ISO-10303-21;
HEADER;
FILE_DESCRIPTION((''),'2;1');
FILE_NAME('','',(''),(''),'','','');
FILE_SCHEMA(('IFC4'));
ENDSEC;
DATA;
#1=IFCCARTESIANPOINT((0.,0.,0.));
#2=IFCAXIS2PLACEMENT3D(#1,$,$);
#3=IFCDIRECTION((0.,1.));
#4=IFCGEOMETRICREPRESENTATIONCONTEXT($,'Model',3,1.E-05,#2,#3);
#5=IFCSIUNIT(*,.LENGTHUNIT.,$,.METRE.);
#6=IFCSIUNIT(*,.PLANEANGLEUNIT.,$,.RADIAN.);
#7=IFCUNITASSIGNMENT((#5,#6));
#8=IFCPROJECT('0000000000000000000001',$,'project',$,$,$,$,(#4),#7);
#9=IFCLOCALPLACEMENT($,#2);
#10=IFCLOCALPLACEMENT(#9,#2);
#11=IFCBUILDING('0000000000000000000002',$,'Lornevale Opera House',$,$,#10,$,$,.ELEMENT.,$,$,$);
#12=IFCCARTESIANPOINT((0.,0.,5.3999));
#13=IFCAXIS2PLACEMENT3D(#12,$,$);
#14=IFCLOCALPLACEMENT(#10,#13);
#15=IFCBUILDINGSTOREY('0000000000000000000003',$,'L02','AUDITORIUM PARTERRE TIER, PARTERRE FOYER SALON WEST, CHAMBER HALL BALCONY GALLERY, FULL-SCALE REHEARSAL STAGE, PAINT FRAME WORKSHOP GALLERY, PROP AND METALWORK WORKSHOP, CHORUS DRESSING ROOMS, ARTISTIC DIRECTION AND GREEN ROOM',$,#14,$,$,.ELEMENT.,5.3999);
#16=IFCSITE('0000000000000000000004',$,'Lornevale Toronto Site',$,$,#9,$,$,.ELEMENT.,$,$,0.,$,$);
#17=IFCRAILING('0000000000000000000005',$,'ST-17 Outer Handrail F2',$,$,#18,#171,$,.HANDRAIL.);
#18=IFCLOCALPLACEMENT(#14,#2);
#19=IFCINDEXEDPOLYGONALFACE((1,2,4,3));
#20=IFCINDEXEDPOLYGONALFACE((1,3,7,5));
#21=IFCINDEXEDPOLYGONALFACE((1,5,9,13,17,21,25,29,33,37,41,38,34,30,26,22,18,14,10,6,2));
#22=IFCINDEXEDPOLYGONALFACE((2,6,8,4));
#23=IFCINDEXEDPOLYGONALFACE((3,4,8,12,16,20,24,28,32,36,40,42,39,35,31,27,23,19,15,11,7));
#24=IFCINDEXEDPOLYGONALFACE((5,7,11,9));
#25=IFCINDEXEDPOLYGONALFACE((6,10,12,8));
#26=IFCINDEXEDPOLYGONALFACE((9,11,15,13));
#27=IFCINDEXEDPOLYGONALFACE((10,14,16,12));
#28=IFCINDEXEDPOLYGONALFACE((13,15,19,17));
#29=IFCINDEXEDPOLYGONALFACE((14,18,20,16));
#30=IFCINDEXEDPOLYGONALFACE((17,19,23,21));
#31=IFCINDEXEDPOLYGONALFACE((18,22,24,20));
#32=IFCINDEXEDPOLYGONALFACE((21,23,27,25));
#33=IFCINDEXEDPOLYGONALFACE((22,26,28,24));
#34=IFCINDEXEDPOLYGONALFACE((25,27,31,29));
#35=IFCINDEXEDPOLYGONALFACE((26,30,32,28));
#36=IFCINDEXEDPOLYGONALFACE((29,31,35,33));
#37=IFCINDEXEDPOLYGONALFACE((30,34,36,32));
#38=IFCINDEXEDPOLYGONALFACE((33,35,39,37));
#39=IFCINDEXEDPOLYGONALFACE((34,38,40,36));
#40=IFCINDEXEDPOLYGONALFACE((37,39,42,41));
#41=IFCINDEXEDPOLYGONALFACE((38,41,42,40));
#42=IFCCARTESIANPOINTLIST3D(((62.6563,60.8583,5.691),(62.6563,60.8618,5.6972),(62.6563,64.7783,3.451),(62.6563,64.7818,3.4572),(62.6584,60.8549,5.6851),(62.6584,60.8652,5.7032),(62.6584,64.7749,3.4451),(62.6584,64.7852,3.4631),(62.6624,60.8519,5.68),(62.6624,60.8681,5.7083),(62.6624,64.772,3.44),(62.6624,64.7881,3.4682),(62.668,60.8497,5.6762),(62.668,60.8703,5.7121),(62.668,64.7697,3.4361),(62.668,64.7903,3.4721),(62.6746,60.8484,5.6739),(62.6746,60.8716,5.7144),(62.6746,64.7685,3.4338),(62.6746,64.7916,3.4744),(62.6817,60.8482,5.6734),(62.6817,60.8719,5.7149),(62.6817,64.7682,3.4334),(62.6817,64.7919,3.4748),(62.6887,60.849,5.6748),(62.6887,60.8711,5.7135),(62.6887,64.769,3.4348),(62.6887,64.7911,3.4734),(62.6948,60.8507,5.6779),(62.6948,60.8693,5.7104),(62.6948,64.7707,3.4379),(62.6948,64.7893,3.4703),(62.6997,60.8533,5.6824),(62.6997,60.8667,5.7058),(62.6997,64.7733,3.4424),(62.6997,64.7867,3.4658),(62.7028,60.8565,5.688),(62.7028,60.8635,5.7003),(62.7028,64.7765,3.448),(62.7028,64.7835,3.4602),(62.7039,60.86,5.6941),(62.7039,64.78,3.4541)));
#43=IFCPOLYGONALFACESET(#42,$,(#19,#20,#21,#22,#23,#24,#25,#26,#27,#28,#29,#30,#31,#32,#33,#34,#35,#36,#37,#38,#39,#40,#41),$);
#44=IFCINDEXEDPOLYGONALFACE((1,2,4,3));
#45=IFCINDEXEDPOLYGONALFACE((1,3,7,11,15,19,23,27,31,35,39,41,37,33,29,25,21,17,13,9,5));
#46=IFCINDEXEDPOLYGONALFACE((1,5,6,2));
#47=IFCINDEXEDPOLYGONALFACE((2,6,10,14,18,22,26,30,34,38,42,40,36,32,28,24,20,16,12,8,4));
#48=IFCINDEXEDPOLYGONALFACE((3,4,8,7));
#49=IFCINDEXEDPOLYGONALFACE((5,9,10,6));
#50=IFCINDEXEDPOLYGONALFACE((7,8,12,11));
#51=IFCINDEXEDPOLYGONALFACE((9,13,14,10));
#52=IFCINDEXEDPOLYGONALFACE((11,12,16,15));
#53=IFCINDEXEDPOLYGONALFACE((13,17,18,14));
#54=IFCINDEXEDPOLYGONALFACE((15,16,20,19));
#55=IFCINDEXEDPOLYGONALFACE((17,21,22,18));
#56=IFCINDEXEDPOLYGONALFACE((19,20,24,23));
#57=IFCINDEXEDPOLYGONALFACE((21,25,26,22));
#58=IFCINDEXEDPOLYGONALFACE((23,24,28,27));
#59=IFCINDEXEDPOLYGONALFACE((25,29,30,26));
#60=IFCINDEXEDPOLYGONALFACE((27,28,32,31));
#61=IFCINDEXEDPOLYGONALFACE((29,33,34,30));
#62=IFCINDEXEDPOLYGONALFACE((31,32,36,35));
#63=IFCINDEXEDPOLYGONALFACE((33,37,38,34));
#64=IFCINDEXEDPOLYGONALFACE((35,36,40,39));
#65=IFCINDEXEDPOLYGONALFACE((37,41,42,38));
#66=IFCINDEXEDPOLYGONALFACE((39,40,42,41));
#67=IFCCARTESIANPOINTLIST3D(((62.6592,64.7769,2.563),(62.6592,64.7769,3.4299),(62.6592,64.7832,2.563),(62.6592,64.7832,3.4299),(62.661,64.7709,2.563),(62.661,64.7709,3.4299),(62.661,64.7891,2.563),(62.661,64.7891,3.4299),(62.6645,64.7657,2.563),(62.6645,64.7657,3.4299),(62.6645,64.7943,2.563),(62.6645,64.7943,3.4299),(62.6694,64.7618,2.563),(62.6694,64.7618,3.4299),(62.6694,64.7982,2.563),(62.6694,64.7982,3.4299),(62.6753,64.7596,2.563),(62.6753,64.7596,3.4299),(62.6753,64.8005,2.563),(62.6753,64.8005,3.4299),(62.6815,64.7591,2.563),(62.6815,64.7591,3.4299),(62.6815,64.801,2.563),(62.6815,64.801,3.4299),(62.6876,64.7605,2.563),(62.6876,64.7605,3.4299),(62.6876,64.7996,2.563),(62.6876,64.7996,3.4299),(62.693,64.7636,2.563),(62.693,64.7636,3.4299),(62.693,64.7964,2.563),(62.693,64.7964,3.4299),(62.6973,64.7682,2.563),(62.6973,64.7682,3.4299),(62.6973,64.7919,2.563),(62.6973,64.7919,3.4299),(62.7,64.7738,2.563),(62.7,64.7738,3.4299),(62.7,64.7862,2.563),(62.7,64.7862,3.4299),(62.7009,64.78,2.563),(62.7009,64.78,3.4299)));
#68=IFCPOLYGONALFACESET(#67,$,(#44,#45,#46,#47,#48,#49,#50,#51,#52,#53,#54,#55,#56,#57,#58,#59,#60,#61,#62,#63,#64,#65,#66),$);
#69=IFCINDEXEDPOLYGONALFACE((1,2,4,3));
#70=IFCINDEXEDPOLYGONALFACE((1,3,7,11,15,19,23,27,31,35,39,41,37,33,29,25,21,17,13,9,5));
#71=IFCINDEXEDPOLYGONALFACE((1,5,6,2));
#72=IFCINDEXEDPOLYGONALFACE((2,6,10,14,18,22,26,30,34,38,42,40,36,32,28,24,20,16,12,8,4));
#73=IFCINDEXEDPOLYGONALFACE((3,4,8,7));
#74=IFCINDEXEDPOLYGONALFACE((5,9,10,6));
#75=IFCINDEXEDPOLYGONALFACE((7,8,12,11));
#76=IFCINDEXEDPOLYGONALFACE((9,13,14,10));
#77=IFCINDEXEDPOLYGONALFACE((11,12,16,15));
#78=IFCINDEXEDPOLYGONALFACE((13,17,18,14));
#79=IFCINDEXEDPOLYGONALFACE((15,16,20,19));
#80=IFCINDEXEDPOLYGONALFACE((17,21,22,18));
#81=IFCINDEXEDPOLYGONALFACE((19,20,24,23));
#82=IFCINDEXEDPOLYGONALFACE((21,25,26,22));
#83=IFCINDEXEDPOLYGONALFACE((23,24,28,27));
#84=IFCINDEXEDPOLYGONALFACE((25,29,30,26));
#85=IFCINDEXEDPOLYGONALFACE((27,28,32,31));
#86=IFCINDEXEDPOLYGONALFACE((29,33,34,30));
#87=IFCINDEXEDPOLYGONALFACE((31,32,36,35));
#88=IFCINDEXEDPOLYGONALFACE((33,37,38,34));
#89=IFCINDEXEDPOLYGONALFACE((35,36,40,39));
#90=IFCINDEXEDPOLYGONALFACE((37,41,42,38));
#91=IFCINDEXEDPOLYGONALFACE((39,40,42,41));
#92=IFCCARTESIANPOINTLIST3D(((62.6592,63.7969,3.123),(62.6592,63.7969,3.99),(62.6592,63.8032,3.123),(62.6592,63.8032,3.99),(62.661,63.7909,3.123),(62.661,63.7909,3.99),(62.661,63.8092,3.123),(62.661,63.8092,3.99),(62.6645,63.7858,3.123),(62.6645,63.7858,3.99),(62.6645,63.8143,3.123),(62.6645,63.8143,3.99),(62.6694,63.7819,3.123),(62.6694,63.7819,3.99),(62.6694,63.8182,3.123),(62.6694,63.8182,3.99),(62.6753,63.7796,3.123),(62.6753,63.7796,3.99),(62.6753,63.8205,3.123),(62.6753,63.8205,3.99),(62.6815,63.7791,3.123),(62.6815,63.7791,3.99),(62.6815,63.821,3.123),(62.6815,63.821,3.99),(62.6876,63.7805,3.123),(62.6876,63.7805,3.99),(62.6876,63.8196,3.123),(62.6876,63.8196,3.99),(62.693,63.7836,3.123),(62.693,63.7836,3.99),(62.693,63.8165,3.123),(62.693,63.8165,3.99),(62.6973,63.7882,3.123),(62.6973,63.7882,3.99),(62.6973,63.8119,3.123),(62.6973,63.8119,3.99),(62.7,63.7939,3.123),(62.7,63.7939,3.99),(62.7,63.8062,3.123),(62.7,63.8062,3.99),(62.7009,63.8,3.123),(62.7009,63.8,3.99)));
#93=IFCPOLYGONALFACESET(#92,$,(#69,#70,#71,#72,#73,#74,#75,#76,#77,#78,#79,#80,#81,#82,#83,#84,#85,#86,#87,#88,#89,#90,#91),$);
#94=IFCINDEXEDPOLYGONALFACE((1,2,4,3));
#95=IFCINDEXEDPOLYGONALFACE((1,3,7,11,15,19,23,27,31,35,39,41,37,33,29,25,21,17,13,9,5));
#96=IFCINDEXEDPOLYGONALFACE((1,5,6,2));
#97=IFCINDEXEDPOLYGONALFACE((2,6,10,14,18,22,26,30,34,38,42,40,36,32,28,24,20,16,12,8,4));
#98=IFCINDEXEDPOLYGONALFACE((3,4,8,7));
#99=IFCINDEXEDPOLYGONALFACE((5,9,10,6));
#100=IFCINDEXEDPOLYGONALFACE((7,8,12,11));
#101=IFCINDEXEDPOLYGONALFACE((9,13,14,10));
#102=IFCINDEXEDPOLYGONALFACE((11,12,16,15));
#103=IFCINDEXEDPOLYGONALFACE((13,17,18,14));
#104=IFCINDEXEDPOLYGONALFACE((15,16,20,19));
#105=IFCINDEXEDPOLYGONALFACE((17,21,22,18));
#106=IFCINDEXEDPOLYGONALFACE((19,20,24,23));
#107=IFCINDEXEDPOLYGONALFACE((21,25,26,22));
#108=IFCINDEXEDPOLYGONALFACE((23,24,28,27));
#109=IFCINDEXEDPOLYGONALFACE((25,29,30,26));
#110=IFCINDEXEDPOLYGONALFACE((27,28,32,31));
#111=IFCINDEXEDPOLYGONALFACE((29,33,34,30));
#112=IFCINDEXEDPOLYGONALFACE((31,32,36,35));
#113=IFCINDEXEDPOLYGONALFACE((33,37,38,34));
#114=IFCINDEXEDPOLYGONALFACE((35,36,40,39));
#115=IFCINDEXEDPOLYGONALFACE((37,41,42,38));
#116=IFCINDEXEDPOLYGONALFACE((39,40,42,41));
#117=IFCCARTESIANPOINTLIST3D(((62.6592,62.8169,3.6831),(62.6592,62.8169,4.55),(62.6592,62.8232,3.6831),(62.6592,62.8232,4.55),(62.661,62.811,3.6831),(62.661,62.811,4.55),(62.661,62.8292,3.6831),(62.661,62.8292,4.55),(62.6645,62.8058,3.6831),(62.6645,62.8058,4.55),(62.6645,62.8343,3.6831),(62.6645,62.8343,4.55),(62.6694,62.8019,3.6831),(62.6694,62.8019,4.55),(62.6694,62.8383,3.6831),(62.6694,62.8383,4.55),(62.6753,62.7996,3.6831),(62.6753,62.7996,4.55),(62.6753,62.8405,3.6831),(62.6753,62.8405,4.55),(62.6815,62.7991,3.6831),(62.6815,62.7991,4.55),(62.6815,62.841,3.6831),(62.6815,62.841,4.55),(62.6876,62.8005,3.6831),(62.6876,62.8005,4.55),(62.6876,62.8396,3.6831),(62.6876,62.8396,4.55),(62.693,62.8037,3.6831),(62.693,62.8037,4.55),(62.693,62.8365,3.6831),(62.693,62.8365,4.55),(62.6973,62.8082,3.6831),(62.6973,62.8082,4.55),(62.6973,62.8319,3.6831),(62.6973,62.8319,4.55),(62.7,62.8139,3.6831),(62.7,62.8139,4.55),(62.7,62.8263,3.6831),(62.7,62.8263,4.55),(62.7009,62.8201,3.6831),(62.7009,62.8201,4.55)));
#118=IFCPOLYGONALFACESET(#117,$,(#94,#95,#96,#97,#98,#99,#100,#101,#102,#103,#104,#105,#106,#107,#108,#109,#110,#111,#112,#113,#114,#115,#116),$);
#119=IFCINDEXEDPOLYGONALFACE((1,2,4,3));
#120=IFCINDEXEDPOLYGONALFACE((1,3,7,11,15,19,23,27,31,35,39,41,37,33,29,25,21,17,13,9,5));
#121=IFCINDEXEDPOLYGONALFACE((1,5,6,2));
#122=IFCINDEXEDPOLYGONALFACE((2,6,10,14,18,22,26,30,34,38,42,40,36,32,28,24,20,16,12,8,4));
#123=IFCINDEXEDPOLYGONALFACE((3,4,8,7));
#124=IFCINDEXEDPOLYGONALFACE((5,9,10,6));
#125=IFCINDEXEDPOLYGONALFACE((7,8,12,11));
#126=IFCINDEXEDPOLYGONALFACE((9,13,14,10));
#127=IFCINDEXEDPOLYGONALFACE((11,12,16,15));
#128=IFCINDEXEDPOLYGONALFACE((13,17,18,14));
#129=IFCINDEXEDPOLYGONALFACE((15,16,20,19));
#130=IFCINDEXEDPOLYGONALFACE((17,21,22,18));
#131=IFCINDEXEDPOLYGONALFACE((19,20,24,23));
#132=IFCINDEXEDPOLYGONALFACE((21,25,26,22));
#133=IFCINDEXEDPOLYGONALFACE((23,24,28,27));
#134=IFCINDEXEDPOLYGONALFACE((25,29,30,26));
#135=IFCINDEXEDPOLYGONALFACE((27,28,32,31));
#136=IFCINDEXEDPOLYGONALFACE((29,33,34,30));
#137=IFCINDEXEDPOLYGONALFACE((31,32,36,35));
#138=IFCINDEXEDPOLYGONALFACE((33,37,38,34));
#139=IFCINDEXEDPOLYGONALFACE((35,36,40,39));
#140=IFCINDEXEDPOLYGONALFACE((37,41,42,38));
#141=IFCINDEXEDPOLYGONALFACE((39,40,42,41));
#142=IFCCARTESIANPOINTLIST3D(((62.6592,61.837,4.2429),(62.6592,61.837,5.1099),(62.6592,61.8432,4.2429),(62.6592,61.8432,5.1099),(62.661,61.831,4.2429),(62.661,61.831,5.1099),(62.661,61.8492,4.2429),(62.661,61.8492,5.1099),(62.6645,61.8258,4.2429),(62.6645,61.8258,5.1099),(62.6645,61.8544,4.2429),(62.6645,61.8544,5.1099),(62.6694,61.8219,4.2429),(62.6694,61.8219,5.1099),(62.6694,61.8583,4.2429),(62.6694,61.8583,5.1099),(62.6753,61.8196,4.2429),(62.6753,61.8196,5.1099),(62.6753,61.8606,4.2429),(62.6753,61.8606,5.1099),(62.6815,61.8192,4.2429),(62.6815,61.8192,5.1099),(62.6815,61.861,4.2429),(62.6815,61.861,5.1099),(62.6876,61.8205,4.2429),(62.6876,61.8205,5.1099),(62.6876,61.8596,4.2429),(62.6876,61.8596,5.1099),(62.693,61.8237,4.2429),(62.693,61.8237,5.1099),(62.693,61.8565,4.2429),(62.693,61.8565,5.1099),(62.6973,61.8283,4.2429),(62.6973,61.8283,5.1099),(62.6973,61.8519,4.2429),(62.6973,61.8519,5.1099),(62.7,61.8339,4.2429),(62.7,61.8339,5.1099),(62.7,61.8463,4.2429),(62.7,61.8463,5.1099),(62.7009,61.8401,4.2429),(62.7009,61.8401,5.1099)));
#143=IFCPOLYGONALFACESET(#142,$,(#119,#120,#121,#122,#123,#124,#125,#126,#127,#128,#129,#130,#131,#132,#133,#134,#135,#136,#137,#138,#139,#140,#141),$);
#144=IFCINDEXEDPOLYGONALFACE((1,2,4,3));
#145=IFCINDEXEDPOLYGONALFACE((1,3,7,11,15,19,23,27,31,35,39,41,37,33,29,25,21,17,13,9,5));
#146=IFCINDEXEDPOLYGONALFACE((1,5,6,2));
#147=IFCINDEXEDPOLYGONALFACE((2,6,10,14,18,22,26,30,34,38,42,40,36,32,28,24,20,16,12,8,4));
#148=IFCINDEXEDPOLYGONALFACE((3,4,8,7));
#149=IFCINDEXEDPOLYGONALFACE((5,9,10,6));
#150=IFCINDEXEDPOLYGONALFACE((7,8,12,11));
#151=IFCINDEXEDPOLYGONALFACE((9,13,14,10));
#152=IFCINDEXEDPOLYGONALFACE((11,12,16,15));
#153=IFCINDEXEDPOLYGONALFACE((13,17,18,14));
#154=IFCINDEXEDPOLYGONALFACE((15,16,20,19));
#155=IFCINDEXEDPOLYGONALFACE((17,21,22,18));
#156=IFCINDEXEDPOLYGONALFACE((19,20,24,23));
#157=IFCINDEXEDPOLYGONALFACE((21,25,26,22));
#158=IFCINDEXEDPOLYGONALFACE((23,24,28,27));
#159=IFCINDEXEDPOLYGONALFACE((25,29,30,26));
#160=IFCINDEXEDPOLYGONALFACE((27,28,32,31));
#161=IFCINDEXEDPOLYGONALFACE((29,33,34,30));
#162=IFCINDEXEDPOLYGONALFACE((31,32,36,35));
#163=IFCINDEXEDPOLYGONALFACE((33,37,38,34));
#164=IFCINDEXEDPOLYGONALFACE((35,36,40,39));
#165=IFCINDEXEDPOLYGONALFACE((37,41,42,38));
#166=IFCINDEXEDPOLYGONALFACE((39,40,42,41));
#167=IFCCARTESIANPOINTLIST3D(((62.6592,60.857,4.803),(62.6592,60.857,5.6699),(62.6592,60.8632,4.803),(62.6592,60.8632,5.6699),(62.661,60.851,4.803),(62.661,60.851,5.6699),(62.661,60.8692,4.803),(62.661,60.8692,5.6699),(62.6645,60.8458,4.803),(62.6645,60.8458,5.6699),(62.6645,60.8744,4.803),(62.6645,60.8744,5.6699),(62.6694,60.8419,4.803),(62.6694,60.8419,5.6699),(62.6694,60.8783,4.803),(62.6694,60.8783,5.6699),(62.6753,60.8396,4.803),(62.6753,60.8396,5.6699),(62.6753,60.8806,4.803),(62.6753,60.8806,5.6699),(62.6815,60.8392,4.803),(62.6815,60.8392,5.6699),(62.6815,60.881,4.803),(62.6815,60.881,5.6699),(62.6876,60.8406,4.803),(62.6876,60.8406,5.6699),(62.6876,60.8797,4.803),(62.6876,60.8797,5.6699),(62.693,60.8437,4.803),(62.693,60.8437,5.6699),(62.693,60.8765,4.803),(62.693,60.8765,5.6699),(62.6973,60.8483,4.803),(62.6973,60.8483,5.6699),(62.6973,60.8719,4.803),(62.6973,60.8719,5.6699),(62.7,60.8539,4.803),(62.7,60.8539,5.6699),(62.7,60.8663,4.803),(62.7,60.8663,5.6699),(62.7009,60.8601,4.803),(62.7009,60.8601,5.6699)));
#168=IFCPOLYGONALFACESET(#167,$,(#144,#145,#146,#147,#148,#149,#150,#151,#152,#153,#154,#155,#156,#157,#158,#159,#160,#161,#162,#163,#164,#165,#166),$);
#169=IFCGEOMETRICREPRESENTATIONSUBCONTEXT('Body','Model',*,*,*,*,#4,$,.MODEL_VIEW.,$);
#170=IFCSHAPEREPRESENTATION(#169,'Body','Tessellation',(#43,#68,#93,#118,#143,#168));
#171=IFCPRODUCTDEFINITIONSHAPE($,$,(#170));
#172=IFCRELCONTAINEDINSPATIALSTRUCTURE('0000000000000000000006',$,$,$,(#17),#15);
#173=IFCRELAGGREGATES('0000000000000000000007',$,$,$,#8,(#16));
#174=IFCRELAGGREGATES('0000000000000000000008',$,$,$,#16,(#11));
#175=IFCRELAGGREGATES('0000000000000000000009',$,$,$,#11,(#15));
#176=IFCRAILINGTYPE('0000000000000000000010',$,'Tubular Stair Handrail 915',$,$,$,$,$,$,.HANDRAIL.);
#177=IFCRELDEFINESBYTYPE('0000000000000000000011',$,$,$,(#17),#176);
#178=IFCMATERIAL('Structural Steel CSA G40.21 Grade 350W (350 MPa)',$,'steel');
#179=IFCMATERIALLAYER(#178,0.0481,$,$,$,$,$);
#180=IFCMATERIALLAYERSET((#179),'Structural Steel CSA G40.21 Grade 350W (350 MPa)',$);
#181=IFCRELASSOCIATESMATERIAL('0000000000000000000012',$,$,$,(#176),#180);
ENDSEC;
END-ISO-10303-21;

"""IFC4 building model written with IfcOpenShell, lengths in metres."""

from ifc_helpers import new_model, si_unit, direction, frame, origin, origin_2d, place, context, subcontext, project, spatial, circle, extrude, material, layer, layer_set, type_object, element, save


model = new_model("IFC4")

# Units and contexts
model_context = context("Model", 3, precision=1e-05, world=origin(), true_north=direction((0.0, 1.0)))
body_context = subcontext(model_context, "Body", "Model", "MODEL_VIEW")
ifc_project = project(units=[si_unit("LENGTHUNIT", "METRE"), si_unit("PLANEANGLEUNIT", "RADIAN")], contexts=[model_context])

# Site, building, storey
site_placement = place(None, origin())
site = spatial("IfcSite", under=ifc_project, at=site_placement, Name="Lornevale Toronto Site", CompositionType="ELEMENT", RefElevation=0.0)
building_placement = place(site_placement, origin())
building = spatial("IfcBuilding", under=site, at=building_placement, Name="Lornevale Opera House", CompositionType="ELEMENT")
storey_placement = place(building_placement, frame((0.0, 0.0, 5.3999)))
storey = spatial("IfcBuildingStorey", under=building, at=storey_placement, Name="L02", Description="AUDITORIUM PARTERRE TIER, PARTERRE FOYER SALON WEST, CHAMBER HALL BALCONY GALLERY, FULL-SCALE REHEARSAL STAGE, PAINT FRAME WORKSHOP GALLERY, PROP AND METALWORK WORKSHOP, CHORUS DRESSING ROOMS, ARTISTIC DIRECTION AND GREEN ROOM", CompositionType="ELEMENT", Elevation=5.3999)

# Shared definitions
ifc_material_1 = material(Name="Structural Steel CSA G40.21 Grade 350W (350 MPa)", Category="steel")

# Railing
ifc_layer_1 = layer(ifc_material_1, 0.0481)
ifc_layer_set_1 = layer_set([ifc_layer_1], Name="Structural Steel CSA G40.21 Grade 350W (350 MPa)")
railing_type_1 = type_object("IfcRailingType", Name="Tubular Stair Handrail 915", PredefinedType="HANDRAIL", material=ifc_layer_set_1)
railing_1_placement = place(storey_placement, frame((62.6799, 64.78, 2.563)))
element("IfcRailing", 1, at=railing_1_placement, inside=storey, type_object=railing_type_1, Name="ST-17 Outer Handrail F2", PredefinedType="HANDRAIL", context=body_context, shape_type="SweptSolid", body=[
    extrude(circle(Radius=0.0239, at=origin_2d()), frame((0.0, 0.0, 0.8911), z_axis=(0.0, -0.86824, 0.496145), x_axis=(1.0, 0.0, 0.0)), (0.0, 0.0, 1.0), 4.5149),
    extrude(circle(Radius=0.021, at=origin_2d()), origin(), (0.0, 0.0, 1.0), 0.8669),
    extrude(circle(Radius=0.021, at=origin_2d()), frame((0.0, -0.98, 0.5601)), (0.0, 0.0, 1.0), 0.8669),
    extrude(circle(Radius=0.021, at=origin_2d()), frame((0.0, -1.96, 1.1201)), (0.0, 0.0, 1.0), 0.8669),
    extrude(circle(Radius=0.021, at=origin_2d()), frame((0.0, -2.9399, 1.6799)), (0.0, 0.0, 1.0), 0.8669),
    extrude(circle(Radius=0.021, at=origin_2d()), frame((0.0, -3.9199, 2.24)), (0.0, 0.0, 1.0), 0.8669),
])

save(model, "model.ifc")
